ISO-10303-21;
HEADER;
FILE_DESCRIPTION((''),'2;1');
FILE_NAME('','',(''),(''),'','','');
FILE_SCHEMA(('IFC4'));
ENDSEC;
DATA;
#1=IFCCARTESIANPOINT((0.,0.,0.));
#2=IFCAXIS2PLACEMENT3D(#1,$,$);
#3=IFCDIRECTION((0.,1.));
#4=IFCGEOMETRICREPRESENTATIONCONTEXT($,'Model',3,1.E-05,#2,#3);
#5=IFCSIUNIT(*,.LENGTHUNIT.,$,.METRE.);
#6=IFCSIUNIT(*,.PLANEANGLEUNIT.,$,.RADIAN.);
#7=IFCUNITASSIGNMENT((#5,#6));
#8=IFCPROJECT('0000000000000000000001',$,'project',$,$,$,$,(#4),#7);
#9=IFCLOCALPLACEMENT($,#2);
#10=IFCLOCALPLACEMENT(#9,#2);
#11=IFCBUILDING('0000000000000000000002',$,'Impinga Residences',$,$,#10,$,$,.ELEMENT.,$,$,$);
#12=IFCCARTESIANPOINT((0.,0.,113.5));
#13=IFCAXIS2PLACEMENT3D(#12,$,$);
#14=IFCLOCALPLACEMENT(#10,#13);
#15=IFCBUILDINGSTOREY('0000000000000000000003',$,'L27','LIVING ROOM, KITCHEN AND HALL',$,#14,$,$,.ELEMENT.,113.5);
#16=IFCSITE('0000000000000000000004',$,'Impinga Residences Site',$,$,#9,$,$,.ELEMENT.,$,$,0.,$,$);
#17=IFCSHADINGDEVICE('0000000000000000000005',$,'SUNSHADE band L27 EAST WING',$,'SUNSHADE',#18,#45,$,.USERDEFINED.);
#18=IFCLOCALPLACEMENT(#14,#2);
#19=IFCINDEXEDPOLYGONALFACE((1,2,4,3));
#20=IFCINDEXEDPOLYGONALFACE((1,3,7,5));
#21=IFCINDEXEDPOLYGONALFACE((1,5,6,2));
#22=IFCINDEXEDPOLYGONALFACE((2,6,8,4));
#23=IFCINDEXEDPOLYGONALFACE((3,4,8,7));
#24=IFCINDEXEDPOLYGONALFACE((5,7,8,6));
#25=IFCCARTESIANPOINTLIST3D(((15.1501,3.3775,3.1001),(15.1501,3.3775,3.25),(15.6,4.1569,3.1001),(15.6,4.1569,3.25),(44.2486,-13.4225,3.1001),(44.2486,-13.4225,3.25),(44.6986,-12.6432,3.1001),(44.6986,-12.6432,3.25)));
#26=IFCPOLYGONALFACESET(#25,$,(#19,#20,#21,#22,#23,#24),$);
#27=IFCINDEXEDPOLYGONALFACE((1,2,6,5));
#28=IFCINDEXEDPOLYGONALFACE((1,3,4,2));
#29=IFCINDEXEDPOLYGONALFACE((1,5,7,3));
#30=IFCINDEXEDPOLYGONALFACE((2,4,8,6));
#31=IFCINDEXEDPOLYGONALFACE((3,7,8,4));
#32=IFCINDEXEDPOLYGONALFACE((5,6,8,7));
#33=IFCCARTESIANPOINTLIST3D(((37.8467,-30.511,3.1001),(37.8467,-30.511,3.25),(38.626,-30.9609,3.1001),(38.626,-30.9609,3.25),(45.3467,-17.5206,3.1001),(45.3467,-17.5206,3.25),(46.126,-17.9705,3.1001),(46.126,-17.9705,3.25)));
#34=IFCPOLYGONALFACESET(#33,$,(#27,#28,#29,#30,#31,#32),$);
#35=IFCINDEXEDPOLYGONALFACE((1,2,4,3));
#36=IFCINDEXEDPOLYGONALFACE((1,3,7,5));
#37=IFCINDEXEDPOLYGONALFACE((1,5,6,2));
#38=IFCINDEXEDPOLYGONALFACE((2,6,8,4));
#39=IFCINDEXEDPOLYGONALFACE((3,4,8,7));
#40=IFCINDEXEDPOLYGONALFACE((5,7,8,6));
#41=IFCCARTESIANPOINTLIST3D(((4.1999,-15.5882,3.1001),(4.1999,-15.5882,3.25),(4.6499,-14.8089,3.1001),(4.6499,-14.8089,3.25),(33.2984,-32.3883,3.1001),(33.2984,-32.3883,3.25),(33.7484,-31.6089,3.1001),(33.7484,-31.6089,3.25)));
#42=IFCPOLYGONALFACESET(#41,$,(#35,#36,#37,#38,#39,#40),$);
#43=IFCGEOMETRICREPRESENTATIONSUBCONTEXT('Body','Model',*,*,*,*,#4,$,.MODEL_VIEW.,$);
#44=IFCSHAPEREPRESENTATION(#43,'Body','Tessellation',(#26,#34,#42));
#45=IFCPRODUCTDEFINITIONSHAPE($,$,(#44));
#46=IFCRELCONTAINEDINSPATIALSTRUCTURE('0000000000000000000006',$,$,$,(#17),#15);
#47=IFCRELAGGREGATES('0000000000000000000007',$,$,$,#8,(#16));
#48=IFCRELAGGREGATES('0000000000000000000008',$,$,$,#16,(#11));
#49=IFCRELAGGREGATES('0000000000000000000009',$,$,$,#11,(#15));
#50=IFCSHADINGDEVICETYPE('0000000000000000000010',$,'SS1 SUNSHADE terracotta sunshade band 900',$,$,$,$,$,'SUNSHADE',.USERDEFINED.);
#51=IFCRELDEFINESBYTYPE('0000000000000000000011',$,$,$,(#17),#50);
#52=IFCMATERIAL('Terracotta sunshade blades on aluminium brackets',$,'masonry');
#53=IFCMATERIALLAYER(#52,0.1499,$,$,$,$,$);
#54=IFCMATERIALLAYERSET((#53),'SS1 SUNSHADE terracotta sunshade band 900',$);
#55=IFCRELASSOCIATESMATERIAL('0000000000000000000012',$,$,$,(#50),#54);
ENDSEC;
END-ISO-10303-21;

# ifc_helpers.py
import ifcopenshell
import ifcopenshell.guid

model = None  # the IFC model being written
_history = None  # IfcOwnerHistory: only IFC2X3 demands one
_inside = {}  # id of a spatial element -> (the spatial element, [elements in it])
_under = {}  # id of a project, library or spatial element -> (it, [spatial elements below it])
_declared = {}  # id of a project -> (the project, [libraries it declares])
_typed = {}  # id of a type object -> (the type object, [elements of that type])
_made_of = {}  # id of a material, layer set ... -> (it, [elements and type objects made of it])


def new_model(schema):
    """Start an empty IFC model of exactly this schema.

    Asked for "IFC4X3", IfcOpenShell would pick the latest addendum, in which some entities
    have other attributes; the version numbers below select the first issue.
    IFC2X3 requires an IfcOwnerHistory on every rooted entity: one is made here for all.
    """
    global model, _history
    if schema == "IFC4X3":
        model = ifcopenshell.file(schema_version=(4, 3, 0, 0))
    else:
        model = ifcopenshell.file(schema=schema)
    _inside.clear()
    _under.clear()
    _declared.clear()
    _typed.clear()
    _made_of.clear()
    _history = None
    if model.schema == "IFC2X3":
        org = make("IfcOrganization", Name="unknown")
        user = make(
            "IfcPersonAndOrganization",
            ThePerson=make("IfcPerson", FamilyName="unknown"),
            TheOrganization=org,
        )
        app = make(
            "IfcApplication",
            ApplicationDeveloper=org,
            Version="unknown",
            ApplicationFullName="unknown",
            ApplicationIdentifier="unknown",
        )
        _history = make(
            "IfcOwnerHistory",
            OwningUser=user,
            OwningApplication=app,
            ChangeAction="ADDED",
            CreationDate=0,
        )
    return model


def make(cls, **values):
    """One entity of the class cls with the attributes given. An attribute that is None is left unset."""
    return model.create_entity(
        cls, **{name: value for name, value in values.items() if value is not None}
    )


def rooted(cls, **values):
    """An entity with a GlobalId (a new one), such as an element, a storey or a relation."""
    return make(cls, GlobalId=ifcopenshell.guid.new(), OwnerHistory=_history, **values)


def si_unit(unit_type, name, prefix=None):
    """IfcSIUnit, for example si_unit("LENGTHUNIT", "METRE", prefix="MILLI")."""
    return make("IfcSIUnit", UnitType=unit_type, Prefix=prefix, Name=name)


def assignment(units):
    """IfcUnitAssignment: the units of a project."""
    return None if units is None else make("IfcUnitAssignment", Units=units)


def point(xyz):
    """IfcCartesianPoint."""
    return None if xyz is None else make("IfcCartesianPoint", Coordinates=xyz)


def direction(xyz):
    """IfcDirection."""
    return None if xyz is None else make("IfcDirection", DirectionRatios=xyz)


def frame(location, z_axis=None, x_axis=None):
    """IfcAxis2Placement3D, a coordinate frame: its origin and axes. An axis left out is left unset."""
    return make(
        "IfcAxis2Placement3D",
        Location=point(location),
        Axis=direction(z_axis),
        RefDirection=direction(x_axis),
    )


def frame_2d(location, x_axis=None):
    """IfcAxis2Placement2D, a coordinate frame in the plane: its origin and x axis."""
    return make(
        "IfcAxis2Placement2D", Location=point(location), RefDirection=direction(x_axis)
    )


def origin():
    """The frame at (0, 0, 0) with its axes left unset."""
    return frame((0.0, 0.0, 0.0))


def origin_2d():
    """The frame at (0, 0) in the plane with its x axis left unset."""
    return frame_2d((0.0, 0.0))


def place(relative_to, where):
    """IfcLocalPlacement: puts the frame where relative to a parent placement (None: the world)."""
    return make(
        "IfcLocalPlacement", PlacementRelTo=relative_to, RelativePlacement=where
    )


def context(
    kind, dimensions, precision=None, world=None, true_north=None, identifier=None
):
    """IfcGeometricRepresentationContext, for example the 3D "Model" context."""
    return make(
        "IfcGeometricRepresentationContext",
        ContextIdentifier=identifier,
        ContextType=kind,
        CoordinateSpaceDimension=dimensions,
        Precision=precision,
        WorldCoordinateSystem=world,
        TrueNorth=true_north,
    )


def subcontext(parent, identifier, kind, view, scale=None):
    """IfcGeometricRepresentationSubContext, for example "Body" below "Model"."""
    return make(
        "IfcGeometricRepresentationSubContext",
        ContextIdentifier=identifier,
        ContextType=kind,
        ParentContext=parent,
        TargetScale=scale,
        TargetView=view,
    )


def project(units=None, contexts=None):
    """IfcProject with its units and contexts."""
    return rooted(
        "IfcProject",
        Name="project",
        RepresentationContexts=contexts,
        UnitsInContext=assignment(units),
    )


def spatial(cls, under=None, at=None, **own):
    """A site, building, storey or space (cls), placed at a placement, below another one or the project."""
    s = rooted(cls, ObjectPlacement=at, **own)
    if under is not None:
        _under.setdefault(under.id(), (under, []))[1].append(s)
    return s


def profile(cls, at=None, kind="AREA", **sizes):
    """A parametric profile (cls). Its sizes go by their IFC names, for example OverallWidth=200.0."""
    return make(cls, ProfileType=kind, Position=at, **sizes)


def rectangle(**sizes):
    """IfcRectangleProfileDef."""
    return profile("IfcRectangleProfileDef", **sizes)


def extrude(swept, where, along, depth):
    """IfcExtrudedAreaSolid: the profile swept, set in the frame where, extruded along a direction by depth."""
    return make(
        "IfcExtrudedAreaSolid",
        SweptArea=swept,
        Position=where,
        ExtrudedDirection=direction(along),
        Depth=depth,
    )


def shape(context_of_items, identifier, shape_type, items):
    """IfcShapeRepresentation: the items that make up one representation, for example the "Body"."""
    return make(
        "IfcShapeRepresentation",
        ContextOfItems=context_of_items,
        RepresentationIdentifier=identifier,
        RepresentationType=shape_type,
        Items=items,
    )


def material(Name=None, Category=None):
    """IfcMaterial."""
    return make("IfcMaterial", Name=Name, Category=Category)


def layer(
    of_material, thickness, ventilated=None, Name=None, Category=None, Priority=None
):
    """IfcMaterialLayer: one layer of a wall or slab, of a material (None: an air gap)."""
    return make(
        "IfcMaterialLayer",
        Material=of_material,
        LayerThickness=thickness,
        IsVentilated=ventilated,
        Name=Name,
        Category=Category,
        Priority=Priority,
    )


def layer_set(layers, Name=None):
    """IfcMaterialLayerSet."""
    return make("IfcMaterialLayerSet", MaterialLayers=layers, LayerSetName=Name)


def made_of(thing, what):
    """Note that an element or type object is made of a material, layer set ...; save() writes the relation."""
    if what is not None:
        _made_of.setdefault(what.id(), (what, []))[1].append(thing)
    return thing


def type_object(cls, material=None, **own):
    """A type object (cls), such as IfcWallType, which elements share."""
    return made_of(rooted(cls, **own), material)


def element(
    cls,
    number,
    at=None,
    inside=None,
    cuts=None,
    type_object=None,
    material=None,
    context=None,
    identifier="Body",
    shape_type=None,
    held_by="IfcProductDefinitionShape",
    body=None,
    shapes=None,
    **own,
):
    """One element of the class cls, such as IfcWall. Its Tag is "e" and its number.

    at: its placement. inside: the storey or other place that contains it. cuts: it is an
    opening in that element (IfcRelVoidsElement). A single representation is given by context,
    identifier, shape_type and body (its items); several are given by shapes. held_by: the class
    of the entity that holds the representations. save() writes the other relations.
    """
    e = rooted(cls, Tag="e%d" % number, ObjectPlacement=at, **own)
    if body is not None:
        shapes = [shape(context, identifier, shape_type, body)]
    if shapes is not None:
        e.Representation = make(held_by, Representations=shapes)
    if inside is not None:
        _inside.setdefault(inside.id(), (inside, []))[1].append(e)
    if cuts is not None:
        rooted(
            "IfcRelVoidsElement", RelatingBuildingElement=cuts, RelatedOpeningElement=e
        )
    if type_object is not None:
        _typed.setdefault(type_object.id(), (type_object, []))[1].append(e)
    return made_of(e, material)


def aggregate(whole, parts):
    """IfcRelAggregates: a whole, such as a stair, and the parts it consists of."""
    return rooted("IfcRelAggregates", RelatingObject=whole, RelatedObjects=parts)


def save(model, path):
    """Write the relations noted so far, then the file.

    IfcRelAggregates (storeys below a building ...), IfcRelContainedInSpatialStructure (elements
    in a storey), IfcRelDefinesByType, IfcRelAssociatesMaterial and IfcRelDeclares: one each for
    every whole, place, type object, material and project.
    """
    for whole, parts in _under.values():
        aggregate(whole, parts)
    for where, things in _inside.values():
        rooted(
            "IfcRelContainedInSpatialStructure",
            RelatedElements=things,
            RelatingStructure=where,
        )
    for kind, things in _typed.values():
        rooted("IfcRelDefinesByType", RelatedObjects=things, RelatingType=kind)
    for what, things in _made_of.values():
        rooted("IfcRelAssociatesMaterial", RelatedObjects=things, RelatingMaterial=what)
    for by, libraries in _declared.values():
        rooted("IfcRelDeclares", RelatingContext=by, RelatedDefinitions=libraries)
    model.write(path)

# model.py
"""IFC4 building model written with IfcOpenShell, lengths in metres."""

from ifc_helpers import new_model, si_unit, direction, frame, origin, origin_2d, place, context, subcontext, project, spatial, rectangle, extrude, material, layer, layer_set, type_object, element, save


model = new_model("IFC4")

# Units and contexts
model_context = context("Model", 3, precision=1e-05, world=origin(), true_north=direction((0.0, 1.0)))
body_context = subcontext(model_context, "Body", "Model", "MODEL_VIEW")
ifc_project = project(units=[si_unit("LENGTHUNIT", "METRE"), si_unit("PLANEANGLEUNIT", "RADIAN")], contexts=[model_context])

# Site, building, storey
site_placement = place(None, origin())
site = spatial("IfcSite", under=ifc_project, at=site_placement, Name="Impinga Residences Site", CompositionType="ELEMENT", RefElevation=0.0)
building_placement = place(site_placement, origin())
building = spatial("IfcBuilding", under=site, at=building_placement, Name="Impinga Residences", CompositionType="ELEMENT")
storey_placement = place(building_placement, frame((0.0, 0.0, 113.5)))
storey = spatial("IfcBuildingStorey", under=building, at=storey_placement, Name="L27", Description="LIVING ROOM, KITCHEN AND HALL", CompositionType="ELEMENT", Elevation=113.5)

# Shading device
ifc_material_1 = material(Name="Terracotta sunshade blades on aluminium brackets", Category="masonry")
ifc_layer_1 = layer(ifc_material_1, 0.1499)
ifc_layer_set_1 = layer_set([ifc_layer_1], Name="SS1 SUNSHADE terracotta sunshade band 900")
shading_device_type = type_object("IfcShadingDeviceType", Name="SS1 SUNSHADE terracotta sunshade band 900", ElementType="SUNSHADE", PredefinedType="USERDEFINED", material=ifc_layer_set_1)
shading_device_placement = place(storey_placement, frame((29.9243, -4.6328, 3.1001), z_axis=(0.0, 0.0, 1.0), x_axis=(0.866025, -0.5, 0.0)))
element("IfcShadingDevice", 1, at=shading_device_placement, inside=storey, type_object=shading_device_type, Name="SUNSHADE band L27 EAST WING", ObjectType="SUNSHADE", PredefinedType="USERDEFINED", context=body_context, shape_type="SweptSolid", body=[
    extrude(rectangle(XDim=33.6001, YDim=0.8999, at=origin_2d()), origin(), (0.0, 0.0, 1.0), 0.1499),
    extrude(rectangle(XDim=15.0, YDim=0.8999, at=origin_2d()), frame((20.25, -10.95, 0.0), z_axis=(0.0, 0.0, 1.0), x_axis=(0.0, -1.0, 0.0)), (0.0, 0.0, 1.0), 0.1499),
    extrude(rectangle(XDim=33.6001, YDim=0.8999, at=origin_2d()), frame((-0.0002, -21.8999, 0.0), z_axis=(0.0, 0.0, 1.0), x_axis=(-1.0, 0.0, 0.0)), (0.0, 0.0, 1.0), 0.1499),
])

save(model, "model.ifc")
